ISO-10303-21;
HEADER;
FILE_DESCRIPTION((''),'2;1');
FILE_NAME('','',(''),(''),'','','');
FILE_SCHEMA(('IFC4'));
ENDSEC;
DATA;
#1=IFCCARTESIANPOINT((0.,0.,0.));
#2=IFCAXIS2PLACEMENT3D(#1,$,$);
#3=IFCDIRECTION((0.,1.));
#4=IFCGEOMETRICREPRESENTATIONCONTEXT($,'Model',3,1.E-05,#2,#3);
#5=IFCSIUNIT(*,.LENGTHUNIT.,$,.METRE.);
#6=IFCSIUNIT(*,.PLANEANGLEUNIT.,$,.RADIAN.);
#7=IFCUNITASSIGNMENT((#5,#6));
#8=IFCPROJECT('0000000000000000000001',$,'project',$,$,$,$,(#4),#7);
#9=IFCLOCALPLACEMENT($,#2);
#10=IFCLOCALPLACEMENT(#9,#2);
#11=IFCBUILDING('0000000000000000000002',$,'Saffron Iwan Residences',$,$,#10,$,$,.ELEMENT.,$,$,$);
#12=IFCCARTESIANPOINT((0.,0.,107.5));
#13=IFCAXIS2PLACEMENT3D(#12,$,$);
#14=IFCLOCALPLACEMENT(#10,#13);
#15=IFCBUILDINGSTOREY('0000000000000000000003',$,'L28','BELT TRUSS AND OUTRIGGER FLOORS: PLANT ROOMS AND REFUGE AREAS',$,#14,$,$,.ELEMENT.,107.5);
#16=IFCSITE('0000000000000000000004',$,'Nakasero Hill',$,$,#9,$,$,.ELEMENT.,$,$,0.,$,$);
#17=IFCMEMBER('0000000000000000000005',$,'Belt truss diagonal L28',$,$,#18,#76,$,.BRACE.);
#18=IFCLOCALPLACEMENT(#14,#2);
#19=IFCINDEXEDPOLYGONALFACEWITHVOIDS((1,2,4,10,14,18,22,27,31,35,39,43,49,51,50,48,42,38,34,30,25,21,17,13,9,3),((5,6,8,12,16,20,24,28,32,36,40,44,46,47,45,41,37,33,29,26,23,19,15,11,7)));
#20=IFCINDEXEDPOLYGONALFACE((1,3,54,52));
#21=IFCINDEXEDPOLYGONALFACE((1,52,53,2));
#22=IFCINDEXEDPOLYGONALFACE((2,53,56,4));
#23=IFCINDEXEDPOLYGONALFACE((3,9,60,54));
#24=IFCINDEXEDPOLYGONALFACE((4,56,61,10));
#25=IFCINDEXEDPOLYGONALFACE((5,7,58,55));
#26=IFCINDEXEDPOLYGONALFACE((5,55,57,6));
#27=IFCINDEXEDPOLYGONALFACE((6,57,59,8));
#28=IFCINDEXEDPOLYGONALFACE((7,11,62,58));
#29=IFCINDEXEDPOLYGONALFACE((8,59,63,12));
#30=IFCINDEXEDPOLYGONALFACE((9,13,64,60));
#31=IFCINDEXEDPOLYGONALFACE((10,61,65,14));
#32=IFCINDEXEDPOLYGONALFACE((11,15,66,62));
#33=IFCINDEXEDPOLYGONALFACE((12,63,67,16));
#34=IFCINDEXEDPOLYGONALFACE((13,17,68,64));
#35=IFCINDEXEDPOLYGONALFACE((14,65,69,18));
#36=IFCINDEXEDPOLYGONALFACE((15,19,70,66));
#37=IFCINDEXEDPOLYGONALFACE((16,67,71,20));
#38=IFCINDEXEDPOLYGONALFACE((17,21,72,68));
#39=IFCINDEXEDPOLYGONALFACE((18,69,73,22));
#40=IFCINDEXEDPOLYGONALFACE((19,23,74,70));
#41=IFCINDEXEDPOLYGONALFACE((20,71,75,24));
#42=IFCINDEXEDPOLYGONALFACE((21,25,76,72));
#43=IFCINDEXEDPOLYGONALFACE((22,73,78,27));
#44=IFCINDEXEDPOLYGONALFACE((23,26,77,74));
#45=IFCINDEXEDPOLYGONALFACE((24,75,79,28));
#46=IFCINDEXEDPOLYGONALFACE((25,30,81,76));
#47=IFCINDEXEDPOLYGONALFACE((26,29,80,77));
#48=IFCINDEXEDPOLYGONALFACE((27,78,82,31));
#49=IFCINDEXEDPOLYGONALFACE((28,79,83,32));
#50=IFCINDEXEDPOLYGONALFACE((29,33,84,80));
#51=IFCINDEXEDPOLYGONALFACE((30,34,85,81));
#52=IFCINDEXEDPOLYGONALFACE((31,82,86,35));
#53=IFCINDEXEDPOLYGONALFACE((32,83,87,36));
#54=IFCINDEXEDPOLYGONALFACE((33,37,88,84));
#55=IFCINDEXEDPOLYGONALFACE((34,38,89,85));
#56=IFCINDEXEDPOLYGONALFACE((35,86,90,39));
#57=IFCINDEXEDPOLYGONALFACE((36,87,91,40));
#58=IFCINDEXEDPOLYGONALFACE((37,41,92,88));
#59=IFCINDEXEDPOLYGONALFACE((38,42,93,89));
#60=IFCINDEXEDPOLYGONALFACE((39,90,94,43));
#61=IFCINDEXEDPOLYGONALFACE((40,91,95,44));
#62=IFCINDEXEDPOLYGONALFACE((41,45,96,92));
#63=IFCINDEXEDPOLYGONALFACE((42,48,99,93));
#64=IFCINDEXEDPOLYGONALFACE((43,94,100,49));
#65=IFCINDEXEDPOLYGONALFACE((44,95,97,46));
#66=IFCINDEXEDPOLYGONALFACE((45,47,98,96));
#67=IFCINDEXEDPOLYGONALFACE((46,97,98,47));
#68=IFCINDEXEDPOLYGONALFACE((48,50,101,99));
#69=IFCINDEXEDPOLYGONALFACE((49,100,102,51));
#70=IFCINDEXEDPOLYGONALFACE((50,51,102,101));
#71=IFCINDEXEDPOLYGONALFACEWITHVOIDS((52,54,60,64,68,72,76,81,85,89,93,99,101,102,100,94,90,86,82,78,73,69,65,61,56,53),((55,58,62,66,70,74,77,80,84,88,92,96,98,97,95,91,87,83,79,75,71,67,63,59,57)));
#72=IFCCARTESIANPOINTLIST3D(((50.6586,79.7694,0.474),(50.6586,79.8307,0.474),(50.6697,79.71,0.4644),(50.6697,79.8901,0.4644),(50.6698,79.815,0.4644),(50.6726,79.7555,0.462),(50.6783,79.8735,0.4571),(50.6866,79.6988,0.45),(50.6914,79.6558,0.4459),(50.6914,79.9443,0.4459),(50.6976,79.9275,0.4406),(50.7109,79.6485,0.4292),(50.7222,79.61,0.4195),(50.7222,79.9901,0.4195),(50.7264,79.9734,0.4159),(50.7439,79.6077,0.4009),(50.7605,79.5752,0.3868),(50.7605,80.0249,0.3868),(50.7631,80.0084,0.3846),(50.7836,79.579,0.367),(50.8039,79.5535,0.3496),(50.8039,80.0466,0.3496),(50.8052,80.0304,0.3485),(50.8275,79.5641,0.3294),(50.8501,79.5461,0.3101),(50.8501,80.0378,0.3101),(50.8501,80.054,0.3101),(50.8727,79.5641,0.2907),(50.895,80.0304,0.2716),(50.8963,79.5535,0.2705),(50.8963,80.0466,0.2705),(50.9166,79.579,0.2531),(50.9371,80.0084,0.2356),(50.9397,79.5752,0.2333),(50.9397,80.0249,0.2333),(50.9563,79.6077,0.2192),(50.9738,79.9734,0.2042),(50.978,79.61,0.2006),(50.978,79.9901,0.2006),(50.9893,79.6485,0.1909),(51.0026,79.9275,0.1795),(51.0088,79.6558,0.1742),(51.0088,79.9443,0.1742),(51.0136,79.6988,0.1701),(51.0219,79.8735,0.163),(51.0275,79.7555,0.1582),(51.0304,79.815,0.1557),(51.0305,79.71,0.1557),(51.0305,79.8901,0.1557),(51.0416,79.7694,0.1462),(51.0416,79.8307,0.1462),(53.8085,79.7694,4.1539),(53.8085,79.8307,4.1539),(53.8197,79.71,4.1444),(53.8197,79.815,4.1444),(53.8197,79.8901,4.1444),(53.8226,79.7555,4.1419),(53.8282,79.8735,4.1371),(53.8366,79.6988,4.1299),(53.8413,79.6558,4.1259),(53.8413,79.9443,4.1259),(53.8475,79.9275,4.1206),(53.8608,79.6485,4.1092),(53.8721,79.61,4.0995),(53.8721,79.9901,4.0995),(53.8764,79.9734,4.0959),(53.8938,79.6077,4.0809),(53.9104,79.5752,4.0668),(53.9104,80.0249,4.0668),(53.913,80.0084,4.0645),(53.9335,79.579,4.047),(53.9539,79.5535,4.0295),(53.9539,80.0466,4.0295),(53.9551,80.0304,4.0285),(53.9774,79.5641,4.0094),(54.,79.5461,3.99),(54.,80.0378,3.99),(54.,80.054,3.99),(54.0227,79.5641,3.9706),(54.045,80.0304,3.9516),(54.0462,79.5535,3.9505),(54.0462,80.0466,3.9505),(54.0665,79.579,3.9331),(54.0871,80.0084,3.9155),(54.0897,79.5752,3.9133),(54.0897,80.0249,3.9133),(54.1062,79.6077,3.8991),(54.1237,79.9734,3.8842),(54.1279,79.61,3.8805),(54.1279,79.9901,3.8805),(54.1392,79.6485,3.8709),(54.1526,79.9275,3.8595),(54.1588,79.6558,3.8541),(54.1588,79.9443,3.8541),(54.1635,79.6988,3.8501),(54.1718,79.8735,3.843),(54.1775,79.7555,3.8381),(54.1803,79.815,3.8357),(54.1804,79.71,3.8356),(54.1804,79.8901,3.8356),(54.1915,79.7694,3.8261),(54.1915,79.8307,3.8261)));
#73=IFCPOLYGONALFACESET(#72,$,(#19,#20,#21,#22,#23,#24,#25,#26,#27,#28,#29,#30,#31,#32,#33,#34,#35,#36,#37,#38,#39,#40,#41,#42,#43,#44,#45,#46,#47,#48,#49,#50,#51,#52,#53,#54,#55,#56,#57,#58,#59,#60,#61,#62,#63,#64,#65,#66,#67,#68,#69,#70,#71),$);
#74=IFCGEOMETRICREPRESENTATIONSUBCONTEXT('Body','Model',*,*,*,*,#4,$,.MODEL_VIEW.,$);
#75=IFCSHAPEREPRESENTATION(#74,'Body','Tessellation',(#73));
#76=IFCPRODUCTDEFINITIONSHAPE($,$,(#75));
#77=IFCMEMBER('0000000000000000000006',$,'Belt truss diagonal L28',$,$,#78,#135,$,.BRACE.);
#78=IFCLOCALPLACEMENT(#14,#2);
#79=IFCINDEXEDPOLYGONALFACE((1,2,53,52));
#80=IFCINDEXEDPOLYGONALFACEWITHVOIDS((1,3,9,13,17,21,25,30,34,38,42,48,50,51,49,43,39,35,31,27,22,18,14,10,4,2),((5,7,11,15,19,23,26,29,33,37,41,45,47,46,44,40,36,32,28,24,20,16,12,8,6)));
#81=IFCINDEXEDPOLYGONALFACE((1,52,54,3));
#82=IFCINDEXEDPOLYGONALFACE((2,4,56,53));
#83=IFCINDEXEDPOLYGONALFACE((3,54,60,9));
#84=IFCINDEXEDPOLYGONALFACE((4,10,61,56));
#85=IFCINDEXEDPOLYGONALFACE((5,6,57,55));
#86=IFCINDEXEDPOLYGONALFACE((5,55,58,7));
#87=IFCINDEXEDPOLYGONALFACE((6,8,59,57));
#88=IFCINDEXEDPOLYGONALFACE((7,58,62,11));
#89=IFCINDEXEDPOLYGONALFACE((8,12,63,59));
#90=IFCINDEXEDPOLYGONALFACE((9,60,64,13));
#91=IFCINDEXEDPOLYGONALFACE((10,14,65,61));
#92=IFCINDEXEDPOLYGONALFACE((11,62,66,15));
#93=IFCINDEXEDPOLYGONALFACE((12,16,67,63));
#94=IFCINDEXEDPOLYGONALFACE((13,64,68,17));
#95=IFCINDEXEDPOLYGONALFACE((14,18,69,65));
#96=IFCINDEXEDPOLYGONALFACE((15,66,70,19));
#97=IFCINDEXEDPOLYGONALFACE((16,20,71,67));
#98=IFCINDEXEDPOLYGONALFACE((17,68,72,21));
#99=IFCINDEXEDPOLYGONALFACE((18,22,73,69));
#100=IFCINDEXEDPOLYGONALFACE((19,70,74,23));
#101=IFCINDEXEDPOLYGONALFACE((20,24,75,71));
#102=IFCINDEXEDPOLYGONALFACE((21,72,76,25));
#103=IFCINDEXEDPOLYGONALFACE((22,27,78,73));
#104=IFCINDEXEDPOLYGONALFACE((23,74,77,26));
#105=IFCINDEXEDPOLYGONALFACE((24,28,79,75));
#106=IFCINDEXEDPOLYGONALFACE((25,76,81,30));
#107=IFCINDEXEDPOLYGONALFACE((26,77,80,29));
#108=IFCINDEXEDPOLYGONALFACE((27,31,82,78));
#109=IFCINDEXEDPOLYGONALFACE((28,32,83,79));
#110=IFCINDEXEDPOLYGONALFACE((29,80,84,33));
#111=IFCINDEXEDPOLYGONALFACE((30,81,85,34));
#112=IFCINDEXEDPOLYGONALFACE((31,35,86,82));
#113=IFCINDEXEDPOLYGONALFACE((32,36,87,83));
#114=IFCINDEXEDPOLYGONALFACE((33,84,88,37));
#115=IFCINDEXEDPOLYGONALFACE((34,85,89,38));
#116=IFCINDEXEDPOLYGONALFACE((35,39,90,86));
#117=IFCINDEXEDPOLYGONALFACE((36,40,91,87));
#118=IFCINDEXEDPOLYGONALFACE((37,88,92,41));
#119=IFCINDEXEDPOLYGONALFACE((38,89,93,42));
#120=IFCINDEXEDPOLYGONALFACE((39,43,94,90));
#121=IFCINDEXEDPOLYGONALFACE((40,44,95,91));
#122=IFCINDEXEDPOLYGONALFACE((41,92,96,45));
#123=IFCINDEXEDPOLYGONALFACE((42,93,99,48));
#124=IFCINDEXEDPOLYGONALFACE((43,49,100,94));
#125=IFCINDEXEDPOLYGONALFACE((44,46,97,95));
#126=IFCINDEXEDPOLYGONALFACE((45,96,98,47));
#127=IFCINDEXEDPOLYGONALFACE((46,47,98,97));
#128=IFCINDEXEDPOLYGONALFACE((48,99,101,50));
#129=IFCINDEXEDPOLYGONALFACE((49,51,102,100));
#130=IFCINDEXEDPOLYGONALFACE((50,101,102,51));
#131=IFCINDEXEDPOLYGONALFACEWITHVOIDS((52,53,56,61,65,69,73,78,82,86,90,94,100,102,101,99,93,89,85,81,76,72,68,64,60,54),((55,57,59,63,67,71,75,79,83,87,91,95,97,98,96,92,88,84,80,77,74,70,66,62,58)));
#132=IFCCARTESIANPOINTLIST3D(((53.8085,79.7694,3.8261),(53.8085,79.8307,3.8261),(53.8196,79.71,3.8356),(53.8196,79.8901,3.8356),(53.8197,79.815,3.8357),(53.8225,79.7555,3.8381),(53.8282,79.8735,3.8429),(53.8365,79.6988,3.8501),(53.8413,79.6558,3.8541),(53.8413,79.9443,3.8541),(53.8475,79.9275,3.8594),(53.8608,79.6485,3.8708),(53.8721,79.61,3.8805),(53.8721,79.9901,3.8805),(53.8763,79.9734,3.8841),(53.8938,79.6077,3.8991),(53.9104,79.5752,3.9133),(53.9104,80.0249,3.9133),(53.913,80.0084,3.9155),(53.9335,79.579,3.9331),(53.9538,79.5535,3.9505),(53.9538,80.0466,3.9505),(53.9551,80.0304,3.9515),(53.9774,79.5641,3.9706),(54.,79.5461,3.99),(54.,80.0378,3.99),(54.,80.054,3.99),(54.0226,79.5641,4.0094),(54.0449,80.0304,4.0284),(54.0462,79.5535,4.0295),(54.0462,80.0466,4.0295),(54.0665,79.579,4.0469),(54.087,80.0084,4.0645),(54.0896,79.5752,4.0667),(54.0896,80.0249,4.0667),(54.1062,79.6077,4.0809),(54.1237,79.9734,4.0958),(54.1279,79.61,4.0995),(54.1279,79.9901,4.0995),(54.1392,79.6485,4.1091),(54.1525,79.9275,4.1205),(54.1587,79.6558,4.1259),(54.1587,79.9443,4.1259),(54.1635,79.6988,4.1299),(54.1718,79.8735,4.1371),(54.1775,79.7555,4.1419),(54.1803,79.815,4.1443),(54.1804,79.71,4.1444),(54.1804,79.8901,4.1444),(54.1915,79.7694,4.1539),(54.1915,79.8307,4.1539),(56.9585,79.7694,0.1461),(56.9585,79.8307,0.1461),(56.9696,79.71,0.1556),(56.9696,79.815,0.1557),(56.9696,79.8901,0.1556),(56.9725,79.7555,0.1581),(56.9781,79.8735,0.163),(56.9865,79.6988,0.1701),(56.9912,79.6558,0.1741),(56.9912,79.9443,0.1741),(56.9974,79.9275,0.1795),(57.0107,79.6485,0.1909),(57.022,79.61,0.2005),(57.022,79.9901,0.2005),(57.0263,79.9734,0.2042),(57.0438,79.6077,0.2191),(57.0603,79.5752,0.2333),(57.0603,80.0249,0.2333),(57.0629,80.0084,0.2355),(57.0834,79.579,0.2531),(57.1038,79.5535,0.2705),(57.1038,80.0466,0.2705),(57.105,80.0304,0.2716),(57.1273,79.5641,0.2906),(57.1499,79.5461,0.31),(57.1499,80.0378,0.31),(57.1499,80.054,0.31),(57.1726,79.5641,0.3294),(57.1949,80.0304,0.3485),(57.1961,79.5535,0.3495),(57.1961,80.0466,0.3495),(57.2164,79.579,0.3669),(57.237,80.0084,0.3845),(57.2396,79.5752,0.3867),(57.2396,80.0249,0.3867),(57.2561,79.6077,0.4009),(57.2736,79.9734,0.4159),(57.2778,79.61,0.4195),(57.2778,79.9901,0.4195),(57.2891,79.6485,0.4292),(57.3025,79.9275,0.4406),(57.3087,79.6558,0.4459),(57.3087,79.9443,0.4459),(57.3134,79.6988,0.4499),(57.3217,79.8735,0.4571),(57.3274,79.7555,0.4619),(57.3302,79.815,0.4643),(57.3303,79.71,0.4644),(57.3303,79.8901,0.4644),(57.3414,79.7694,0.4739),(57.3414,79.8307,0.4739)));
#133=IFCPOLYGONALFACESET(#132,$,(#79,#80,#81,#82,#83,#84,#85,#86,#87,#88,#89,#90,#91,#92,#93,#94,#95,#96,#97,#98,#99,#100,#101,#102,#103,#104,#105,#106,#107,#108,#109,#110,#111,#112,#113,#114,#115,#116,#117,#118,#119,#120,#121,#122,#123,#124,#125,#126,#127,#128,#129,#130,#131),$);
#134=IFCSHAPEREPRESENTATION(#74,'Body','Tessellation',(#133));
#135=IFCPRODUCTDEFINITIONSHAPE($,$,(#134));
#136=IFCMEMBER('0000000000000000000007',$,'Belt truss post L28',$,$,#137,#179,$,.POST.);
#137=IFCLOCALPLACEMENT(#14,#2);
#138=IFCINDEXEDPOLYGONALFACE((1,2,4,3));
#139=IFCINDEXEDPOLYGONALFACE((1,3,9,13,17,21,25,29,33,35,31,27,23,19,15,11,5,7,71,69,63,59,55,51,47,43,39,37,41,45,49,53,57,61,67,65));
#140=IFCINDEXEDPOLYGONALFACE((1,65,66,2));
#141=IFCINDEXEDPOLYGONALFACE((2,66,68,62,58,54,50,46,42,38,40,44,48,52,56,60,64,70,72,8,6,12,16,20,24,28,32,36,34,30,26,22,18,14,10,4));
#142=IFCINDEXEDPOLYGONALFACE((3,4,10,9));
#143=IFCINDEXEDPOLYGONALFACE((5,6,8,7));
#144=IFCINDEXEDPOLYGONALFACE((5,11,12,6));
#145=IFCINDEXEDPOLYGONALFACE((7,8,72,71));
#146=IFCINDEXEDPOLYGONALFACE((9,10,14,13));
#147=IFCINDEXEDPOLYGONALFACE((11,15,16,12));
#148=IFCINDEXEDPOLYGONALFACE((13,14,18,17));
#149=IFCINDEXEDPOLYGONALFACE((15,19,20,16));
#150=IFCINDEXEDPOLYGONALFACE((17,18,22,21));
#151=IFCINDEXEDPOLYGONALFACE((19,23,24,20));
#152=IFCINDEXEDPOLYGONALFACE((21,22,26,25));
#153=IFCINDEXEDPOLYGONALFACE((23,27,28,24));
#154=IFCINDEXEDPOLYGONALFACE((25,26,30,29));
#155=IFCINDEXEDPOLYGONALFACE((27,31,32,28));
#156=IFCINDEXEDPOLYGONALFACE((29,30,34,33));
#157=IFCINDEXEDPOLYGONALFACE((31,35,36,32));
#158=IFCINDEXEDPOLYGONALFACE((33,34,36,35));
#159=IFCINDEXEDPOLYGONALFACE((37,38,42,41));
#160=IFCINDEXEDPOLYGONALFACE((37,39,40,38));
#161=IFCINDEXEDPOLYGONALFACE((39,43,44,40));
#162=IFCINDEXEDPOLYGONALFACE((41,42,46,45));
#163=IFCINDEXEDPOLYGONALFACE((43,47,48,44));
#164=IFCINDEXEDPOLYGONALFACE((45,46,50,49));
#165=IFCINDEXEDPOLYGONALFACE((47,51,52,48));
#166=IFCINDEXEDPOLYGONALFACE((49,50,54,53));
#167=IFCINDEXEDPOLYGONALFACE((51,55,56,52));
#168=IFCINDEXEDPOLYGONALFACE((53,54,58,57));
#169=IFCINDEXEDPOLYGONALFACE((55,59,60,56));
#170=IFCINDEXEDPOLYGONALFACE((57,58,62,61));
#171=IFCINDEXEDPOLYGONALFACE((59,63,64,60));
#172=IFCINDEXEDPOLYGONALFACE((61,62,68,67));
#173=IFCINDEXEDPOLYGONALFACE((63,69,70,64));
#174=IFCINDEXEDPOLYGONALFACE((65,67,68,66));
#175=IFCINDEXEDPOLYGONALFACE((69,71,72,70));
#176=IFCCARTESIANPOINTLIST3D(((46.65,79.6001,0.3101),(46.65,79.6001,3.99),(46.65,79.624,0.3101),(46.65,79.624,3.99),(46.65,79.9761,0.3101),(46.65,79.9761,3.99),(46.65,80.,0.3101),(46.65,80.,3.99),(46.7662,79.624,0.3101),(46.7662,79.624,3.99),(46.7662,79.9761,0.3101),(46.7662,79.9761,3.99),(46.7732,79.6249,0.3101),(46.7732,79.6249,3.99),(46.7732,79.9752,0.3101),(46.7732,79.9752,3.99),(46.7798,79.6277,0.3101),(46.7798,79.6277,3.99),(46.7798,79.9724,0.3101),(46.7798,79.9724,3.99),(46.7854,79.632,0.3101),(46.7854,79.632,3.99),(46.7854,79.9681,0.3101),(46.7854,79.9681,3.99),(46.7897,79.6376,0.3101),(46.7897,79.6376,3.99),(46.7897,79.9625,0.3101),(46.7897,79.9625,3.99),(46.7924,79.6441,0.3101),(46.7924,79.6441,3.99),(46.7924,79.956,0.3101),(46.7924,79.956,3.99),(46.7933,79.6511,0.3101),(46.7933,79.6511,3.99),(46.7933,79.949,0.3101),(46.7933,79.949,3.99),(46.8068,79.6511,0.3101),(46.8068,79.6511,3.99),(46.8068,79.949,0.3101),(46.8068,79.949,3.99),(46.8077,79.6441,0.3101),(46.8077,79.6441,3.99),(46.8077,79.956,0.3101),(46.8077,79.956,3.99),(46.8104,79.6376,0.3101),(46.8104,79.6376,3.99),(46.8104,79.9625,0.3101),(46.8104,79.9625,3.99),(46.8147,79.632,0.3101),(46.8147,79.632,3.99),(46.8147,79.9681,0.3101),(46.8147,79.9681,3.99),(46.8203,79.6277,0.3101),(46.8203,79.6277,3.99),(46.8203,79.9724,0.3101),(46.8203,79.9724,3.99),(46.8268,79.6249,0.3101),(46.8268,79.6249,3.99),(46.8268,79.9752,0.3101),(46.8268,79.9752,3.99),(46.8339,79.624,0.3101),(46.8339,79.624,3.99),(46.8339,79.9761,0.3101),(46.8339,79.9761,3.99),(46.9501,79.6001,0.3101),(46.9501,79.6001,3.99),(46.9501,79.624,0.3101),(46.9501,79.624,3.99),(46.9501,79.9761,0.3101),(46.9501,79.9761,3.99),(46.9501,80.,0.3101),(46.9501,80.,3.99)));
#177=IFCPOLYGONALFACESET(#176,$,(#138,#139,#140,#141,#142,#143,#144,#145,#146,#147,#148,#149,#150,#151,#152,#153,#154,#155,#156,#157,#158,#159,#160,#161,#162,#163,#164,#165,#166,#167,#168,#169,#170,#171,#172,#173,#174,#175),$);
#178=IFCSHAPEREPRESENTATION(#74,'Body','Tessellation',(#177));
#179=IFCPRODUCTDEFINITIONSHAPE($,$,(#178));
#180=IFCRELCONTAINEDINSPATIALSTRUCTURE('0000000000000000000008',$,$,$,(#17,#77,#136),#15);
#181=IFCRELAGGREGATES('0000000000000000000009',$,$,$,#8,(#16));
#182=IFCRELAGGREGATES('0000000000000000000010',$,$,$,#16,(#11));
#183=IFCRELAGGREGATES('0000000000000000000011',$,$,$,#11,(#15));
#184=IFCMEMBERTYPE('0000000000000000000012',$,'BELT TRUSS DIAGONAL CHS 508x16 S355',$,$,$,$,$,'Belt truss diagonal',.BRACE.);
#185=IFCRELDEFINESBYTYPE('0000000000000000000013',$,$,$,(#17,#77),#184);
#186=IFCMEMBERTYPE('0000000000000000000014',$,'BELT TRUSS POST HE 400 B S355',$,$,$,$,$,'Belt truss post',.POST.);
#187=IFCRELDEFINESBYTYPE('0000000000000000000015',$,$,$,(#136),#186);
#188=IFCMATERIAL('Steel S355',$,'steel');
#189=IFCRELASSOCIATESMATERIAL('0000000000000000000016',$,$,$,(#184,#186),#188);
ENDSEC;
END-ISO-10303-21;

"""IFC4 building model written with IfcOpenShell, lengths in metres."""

from ifc_helpers import new_model, si_unit, direction, frame, origin, origin_2d, place, context, subcontext, project, spatial, hollow_circle, i_section, extrude, source, transform, mapped, material, material_profile, profile_set, type_object, element, save


model = new_model("IFC4")

# Units and contexts
model_context = context("Model", 3, precision=1e-05, world=origin(), true_north=direction((0.0, 1.0)))
body_context = subcontext(model_context, "Body", "Model", "MODEL_VIEW")
ifc_project = project(units=[si_unit("LENGTHUNIT", "METRE"), si_unit("PLANEANGLEUNIT", "RADIAN")], contexts=[model_context])

# Site, building, storey
site_placement = place(None, origin())
site = spatial("IfcSite", under=ifc_project, at=site_placement, Name="Nakasero Hill", CompositionType="ELEMENT", RefElevation=0.0)
building_placement = place(site_placement, origin())
building = spatial("IfcBuilding", under=site, at=building_placement, Name="Saffron Iwan Residences", CompositionType="ELEMENT")
storey_placement = place(building_placement, frame((0.0, 0.0, 107.5)))
storey = spatial("IfcBuildingStorey", under=building, at=storey_placement, Name="L28", Description="BELT TRUSS AND OUTRIGGER FLOORS: PLANT ROOMS AND REFUGE AREAS", CompositionType="ELEMENT", Elevation=107.5)

# Members
ifc_material_1 = material(Name="Steel S355", Category="steel")
ifc_material_profile_1 = material_profile(ifc_material_1, hollow_circle(Radius=0.2539, WallThickness=0.0161, at=origin_2d()), Name="CHS 508x16")
ifc_profile_set_1 = profile_set([ifc_material_profile_1], Name="Steel S355")
member_type_1 = type_object("IfcMemberType", Name="BELT TRUSS DIAGONAL CHS 508x16 S355", ElementType="Belt truss diagonal", PredefinedType="BRACE", material=ifc_profile_set_1)
shared_shape_1 = source(origin(), body_context, "Body", "SweptSolid", [
    extrude(hollow_circle(Radius=0.2539, WallThickness=0.0161, at=origin_2d()), origin(), (0.0, 0.0, 1.0), 4.844),
])
for number, where, z_axis, x_axis, name in (
    (1, (50.8501, 79.8, 0.3101), (0.650277, 0.0, 0.759698), (0.0, 1.0, 0.0), "Belt truss diagonal L28"),
    (2, (54.0, 79.8, 3.99), (0.650277, 0.0, -0.759698), (0.0, 1.0, 0.0), "Belt truss diagonal L28"),
):
    element("IfcMember", number, at=place(storey_placement, frame(where, z_axis=z_axis, x_axis=x_axis)), inside=storey, type_object=member_type_1, Name=name, PredefinedType="BRACE", context=body_context, shape_type="MappedRepresentation", body=[
        mapped(shared_shape_1, transform((0.0, 0.0, 0.0))),
    ])
ifc_material_profile_2 = material_profile(ifc_material_1, i_section(OverallWidth=0.3, OverallDepth=0.3999, WebThickness=0.0134, FlangeThickness=0.0239, FilletRadius=0.0271, at=origin_2d()), Name="HE 400 B")
ifc_profile_set_2 = profile_set([ifc_material_profile_2], Name="Steel S355")
member_type_2 = type_object("IfcMemberType", Name="BELT TRUSS POST HE 400 B S355", ElementType="Belt truss post", PredefinedType="POST", material=ifc_profile_set_2)
shared_shape_2 = source(origin(), body_context, "Body", "SweptSolid", [
    extrude(i_section(OverallWidth=0.3, OverallDepth=0.3999, WebThickness=0.0134, FlangeThickness=0.0239, FilletRadius=0.0271, at=origin_2d()), origin(), (0.0, 0.0, 1.0), 3.6799),
])
for number, where, z_axis, x_axis, name in (
    (3, (46.8, 79.8, 0.3101), (0.0, 0.0, 1.0), (1.0, 0.0, 0.0), "Belt truss post L28"),
):
    element("IfcMember", number, at=place(storey_placement, frame(where, z_axis=z_axis, x_axis=x_axis)), inside=storey, type_object=member_type_2, Name=name, PredefinedType="POST", context=body_context, shape_type="MappedRepresentation", body=[
        mapped(shared_shape_2, transform((0.0, 0.0, 0.0))),
    ])

save(model, "model.ifc")
